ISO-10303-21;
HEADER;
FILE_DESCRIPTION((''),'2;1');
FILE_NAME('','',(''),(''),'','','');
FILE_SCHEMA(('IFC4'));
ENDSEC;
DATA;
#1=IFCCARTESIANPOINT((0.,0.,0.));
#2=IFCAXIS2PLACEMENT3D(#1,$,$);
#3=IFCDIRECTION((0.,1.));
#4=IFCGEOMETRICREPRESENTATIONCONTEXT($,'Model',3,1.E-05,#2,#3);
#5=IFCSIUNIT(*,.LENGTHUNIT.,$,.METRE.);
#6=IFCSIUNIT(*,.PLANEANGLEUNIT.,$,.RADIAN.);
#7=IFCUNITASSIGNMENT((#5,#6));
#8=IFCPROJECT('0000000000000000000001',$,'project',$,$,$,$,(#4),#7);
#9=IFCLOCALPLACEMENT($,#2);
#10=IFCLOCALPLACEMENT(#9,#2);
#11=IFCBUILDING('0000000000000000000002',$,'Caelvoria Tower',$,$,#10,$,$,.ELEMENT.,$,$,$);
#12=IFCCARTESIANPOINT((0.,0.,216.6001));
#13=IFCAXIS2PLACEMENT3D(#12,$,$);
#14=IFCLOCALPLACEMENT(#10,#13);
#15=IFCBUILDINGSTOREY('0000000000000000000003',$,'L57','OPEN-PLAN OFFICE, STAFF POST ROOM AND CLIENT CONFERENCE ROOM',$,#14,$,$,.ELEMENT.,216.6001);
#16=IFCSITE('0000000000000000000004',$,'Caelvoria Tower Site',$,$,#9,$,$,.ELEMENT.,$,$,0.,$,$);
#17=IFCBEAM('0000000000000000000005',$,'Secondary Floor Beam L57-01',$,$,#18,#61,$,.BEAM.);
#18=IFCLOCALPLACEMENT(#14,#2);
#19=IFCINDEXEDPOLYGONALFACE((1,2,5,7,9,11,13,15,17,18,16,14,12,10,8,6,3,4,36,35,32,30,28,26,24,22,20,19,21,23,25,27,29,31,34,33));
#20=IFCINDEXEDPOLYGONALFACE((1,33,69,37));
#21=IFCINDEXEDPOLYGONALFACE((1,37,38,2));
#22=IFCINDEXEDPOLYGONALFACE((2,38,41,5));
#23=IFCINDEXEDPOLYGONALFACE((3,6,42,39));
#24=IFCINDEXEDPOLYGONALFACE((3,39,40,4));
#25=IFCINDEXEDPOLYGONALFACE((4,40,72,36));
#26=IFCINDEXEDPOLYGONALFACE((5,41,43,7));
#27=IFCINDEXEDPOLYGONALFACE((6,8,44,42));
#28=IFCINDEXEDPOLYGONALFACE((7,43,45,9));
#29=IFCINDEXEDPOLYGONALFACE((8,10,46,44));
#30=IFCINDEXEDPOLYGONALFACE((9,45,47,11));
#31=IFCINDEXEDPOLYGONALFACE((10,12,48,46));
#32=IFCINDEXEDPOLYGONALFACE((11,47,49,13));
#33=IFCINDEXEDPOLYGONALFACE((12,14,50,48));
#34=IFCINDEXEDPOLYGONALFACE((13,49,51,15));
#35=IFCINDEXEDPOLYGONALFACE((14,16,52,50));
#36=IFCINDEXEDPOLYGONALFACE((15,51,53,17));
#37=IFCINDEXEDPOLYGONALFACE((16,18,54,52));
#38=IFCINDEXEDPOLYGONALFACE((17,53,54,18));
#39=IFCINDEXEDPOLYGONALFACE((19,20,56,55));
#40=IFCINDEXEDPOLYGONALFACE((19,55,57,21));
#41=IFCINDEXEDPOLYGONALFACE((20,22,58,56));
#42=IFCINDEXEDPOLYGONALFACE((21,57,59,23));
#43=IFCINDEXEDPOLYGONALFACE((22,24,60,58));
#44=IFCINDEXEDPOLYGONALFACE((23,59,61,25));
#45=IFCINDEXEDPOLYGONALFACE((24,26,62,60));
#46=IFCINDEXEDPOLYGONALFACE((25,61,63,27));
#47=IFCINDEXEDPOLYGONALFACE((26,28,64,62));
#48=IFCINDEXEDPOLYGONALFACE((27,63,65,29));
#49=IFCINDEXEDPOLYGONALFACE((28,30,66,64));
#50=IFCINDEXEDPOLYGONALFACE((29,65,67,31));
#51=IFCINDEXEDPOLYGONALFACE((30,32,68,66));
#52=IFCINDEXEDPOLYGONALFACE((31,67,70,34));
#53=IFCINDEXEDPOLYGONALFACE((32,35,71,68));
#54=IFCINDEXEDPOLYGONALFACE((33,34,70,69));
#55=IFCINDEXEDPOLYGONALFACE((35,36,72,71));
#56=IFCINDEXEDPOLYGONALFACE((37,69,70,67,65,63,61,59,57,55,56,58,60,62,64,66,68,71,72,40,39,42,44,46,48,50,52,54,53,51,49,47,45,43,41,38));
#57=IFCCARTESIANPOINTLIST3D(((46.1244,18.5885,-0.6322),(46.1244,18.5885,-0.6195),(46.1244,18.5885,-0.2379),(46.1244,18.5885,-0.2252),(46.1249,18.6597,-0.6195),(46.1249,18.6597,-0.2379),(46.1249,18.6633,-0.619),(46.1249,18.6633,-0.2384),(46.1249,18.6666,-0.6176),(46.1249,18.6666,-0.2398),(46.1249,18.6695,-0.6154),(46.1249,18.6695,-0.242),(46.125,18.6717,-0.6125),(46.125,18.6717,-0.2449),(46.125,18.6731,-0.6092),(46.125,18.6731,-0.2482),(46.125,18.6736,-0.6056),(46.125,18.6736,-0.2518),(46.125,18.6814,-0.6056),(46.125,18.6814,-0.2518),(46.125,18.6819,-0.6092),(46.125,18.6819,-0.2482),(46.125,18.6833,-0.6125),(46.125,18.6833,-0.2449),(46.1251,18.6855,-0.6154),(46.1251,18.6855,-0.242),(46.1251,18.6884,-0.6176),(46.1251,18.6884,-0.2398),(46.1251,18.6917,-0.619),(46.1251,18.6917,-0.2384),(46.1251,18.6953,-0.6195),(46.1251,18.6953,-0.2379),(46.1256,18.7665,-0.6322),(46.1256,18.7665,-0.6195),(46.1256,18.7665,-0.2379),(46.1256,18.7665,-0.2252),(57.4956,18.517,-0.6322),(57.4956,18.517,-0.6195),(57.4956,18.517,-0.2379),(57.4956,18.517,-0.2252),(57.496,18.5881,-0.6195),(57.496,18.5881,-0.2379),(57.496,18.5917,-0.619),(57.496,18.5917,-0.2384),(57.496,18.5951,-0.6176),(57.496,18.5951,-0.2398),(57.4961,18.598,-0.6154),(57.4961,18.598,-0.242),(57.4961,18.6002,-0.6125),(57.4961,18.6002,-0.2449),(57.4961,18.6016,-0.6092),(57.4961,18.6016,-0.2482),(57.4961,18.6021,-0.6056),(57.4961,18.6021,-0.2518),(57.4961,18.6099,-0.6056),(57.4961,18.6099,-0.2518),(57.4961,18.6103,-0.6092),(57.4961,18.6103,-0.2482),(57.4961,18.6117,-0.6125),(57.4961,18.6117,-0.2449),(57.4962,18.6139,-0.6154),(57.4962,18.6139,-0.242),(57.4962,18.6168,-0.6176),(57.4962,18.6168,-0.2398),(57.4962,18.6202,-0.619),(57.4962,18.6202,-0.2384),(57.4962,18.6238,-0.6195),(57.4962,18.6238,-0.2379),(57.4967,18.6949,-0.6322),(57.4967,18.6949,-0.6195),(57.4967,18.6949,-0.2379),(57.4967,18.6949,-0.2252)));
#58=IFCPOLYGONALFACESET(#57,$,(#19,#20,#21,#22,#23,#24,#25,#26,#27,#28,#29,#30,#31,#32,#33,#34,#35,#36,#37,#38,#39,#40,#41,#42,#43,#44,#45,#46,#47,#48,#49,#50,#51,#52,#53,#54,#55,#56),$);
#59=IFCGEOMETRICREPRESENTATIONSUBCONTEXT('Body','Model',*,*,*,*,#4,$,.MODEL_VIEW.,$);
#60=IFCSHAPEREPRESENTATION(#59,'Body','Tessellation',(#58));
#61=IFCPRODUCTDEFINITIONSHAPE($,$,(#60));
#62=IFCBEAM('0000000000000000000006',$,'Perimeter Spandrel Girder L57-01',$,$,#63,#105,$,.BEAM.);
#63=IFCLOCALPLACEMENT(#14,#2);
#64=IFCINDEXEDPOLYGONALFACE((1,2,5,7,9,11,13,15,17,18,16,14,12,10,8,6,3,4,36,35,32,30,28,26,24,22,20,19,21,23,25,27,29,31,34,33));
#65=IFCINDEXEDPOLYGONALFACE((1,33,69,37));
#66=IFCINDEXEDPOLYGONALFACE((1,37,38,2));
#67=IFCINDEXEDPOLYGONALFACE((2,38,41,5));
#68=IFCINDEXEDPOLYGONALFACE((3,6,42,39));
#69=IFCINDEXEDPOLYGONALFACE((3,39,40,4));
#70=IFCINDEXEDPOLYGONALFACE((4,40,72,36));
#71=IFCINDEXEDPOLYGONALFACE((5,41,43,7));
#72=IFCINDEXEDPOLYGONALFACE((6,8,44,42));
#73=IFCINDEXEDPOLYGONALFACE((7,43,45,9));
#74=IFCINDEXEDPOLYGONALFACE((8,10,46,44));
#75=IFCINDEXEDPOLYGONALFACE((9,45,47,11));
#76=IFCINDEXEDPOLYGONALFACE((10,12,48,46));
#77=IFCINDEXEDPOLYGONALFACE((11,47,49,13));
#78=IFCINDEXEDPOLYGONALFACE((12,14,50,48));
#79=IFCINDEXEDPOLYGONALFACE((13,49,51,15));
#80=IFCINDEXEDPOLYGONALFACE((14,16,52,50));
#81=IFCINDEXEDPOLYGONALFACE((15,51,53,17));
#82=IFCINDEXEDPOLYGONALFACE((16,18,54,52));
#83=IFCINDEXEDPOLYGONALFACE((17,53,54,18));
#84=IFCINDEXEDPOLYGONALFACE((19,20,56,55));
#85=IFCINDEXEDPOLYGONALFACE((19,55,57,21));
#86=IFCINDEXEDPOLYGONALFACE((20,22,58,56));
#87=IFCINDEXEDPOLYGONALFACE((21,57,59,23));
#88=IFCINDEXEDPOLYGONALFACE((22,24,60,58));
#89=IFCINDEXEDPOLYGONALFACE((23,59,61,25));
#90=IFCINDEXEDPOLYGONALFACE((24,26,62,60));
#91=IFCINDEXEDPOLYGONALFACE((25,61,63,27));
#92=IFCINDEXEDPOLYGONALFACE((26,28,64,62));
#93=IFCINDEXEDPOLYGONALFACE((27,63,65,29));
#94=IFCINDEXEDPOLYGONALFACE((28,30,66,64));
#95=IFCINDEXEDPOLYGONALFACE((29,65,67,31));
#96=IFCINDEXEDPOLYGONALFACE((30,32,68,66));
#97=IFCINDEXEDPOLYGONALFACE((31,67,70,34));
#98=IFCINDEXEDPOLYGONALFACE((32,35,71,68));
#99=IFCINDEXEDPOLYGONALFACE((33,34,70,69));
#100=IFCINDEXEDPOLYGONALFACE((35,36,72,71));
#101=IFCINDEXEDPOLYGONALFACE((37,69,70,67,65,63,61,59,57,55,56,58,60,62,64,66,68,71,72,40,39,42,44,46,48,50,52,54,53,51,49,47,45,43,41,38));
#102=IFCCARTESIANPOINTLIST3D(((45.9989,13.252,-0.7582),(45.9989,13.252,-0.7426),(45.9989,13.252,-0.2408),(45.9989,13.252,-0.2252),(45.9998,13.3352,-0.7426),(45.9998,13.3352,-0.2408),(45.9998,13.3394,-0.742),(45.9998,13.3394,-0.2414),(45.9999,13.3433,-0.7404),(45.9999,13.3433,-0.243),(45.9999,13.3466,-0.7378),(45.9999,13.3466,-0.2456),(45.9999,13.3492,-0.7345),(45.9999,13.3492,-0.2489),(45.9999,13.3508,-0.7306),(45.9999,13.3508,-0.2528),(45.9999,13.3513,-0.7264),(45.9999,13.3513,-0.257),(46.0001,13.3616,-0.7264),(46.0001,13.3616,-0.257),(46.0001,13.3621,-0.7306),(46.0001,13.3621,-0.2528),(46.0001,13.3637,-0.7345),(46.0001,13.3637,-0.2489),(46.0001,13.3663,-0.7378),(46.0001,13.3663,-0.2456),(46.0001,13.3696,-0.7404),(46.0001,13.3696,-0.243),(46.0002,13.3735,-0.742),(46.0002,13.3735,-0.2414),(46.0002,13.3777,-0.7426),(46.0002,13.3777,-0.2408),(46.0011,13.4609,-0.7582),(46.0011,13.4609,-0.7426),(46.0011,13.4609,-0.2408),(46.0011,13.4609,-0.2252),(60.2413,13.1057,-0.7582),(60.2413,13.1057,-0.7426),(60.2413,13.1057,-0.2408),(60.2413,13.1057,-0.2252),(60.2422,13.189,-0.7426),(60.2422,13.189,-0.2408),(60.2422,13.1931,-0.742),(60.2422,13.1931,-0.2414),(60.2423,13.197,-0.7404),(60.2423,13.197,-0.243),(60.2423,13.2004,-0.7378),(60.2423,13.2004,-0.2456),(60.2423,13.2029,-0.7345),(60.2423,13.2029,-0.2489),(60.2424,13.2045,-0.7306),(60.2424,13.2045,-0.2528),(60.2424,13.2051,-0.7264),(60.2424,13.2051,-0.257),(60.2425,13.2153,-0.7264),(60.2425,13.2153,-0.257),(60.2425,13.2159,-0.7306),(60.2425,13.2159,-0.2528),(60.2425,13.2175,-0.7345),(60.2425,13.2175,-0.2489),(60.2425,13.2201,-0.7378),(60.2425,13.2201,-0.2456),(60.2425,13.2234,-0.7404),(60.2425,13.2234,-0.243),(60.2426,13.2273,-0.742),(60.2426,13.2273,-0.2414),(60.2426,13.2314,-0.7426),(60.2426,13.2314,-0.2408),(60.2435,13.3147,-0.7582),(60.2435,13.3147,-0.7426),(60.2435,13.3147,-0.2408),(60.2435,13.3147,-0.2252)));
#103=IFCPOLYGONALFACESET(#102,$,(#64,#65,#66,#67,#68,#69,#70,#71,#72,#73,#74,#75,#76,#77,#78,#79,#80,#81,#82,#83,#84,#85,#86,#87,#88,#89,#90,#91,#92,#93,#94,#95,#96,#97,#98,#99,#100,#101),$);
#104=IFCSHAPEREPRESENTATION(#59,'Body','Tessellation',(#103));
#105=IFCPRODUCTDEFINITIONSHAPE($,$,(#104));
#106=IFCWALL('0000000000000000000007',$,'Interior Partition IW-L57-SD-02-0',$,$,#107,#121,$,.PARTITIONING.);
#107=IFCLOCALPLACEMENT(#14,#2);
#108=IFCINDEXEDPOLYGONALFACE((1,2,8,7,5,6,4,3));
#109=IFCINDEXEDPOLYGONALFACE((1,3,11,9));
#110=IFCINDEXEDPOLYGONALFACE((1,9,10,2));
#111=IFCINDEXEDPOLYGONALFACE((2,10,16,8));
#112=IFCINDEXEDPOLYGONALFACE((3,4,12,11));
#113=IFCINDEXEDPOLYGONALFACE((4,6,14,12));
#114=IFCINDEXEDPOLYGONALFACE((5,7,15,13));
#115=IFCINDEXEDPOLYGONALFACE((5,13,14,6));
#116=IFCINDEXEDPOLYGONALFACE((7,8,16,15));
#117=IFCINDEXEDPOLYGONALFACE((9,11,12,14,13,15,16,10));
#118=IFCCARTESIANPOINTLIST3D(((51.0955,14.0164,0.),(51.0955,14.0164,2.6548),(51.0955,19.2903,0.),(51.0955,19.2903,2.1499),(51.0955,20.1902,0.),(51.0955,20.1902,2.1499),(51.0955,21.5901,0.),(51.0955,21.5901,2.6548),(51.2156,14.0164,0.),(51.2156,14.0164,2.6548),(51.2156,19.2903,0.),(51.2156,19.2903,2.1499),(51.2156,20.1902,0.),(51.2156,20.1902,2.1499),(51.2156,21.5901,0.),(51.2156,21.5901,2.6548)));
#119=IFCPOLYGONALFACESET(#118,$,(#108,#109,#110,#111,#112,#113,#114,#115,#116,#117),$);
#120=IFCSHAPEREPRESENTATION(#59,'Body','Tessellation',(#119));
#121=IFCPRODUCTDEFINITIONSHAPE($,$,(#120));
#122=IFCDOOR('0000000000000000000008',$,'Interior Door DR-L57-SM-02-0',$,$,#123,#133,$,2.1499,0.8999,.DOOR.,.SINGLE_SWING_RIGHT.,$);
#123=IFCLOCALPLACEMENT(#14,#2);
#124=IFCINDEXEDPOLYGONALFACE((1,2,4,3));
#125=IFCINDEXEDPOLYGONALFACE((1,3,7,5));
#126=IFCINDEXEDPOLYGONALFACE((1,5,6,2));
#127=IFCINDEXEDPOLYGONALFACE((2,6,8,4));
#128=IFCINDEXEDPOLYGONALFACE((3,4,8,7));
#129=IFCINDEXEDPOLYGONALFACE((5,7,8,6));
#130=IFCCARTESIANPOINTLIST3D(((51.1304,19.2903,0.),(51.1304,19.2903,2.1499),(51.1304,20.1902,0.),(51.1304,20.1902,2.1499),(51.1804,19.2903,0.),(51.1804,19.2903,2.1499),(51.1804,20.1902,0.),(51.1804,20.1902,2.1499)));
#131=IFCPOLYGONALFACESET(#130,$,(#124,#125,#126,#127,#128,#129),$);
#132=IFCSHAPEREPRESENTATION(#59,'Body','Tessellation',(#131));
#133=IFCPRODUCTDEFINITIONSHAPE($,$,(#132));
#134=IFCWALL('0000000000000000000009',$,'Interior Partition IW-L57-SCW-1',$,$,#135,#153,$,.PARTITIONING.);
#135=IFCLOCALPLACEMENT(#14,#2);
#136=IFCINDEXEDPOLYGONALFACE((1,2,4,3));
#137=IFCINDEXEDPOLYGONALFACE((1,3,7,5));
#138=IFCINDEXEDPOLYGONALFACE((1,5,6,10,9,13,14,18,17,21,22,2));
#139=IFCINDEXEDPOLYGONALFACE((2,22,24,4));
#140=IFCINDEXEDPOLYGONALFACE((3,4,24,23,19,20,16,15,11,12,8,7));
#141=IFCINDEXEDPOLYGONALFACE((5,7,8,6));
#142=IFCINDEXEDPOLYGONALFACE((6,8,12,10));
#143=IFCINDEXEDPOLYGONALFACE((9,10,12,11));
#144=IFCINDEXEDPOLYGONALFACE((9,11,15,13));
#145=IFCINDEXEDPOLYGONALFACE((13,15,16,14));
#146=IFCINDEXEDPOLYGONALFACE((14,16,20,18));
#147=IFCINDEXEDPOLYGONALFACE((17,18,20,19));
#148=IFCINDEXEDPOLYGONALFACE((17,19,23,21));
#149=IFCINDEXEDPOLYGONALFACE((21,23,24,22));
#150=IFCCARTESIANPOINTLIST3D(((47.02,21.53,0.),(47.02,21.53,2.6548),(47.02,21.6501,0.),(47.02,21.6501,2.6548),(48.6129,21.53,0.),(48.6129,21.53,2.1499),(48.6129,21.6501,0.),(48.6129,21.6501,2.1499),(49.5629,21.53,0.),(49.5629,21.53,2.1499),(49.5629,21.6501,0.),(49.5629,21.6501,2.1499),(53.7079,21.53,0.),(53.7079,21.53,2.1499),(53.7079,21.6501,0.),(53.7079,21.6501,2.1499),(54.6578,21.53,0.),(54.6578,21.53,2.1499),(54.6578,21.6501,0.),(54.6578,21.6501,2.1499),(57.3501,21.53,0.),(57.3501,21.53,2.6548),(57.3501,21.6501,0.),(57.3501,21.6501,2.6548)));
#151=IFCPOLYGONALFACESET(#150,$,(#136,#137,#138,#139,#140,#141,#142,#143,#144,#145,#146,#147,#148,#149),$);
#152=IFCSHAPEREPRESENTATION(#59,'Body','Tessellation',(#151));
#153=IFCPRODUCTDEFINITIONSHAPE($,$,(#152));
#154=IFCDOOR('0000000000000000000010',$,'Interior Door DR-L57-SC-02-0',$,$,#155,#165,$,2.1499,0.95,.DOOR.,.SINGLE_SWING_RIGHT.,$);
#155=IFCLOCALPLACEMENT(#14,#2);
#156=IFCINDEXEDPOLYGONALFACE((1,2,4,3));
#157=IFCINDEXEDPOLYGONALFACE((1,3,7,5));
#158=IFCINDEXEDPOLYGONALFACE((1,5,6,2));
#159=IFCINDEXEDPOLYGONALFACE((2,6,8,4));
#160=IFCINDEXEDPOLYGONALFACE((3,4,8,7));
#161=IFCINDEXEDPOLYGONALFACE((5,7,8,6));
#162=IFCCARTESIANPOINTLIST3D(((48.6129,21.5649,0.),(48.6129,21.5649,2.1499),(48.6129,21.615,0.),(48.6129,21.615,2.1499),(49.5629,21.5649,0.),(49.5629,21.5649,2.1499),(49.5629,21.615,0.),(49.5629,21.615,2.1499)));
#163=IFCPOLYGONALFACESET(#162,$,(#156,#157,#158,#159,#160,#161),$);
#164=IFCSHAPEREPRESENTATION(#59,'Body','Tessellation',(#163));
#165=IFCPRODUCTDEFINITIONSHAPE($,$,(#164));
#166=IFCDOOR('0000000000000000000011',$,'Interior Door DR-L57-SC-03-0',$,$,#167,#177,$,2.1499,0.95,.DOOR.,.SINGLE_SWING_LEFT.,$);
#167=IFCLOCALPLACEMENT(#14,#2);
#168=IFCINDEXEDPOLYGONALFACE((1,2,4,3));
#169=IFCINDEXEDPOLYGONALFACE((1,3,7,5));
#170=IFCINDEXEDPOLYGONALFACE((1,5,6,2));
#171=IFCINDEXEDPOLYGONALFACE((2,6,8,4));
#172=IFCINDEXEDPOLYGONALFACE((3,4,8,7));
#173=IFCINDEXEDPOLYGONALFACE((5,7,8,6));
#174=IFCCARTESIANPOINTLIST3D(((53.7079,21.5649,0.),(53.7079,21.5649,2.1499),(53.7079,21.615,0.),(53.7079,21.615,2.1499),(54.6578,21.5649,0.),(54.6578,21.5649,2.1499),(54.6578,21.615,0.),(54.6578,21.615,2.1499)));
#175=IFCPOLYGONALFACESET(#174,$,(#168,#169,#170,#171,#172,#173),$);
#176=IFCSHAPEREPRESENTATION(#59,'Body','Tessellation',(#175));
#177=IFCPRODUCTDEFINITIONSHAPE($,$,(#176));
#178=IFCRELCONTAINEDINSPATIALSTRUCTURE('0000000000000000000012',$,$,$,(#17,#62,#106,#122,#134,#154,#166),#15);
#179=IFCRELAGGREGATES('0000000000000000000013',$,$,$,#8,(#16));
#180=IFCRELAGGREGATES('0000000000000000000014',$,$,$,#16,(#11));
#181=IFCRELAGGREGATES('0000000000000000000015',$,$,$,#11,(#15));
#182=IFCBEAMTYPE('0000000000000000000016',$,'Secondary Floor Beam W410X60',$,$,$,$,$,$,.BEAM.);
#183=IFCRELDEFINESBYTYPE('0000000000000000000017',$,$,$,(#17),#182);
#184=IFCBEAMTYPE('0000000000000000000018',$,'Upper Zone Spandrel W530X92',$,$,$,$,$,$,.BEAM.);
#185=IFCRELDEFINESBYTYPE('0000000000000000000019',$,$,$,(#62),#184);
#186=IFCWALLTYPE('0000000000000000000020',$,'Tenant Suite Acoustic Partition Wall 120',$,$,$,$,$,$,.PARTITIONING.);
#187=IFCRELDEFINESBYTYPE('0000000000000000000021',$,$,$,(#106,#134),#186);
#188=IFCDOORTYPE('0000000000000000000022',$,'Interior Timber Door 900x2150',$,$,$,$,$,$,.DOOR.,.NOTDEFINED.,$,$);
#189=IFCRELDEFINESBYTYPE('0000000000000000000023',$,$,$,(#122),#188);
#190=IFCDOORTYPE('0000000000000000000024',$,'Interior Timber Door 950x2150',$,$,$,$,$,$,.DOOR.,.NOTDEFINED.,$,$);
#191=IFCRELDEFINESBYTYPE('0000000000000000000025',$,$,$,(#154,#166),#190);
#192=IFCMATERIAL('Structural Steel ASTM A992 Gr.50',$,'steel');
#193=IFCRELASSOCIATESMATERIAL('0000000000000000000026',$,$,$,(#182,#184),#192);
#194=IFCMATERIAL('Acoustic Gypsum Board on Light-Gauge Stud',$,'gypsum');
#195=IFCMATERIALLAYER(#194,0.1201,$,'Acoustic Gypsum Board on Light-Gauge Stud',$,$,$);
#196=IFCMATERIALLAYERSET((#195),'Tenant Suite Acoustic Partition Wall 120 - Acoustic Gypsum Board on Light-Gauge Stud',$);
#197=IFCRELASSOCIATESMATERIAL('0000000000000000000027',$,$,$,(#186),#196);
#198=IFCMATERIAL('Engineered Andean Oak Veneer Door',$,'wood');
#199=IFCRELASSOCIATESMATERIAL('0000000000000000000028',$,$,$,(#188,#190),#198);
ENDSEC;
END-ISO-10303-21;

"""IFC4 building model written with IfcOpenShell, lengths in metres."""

from ifc_helpers import new_model, si_unit, direction, frame, frame_2d, origin, origin_2d, place, context, subcontext, project, spatial, rectangle, i_section, extrude, material, layer, layer_set, material_profile, profile_set, type_object, element, fill, save


model = new_model("IFC4")

# Units and contexts
model_context = context("Model", 3, precision=1e-05, world=origin(), true_north=direction((0.0, 1.0)))
body_context = subcontext(model_context, "Body", "Model", "MODEL_VIEW")
ifc_project = project(units=[si_unit("LENGTHUNIT", "METRE"), si_unit("PLANEANGLEUNIT", "RADIAN")], contexts=[model_context])

# Site, building, storey
site_placement = place(None, origin())
site = spatial("IfcSite", under=ifc_project, at=site_placement, Name="Caelvoria Tower Site", CompositionType="ELEMENT", RefElevation=0.0)
building_placement = place(site_placement, origin())
building = spatial("IfcBuilding", under=site, at=building_placement, Name="Caelvoria Tower", CompositionType="ELEMENT")
storey_placement = place(building_placement, frame((0.0, 0.0, 216.6001)))
storey = spatial("IfcBuildingStorey", under=building, at=storey_placement, Name="L57", Description="OPEN-PLAN OFFICE, STAFF POST ROOM AND CLIENT CONFERENCE ROOM", CompositionType="ELEMENT", Elevation=216.6001)

# Beams
ifc_material_1 = material(Name="Structural Steel ASTM A992 Gr.50", Category="steel")
ifc_material_profile_1 = material_profile(ifc_material_1, i_section(OverallWidth=0.178, OverallDepth=0.407, WebThickness=0.0078, FlangeThickness=0.0127, FilletRadius=0.0139, at=origin_2d()), Name="Structural Steel ASTM A992 Gr.50")
ifc_profile_set_1 = profile_set([ifc_material_profile_1], Name="W410X60 - Structural Steel ASTM A992 Gr.50")
beam_type_1 = type_object("IfcBeamType", Name="Secondary Floor Beam W410X60", PredefinedType="BEAM", material=ifc_profile_set_1)
beam_1_placement = place(storey_placement, frame((46.125, 18.6775, -0.4287), z_axis=(0.99998, -0.006291, 0.0), x_axis=(0.006291, 0.99998, 0.0)))
element("IfcBeam", 1, at=beam_1_placement, inside=storey, type_object=beam_type_1, Name="Secondary Floor Beam L57-01", PredefinedType="BEAM", context=body_context, shape_type="SweptSolid", body=[
    extrude(i_section(OverallWidth=0.178, OverallDepth=0.407, WebThickness=0.0078, FlangeThickness=0.0127, FilletRadius=0.0139, at=origin_2d()), origin(), (0.0, 0.0, 1.0), 11.3713),
])
ifc_material_profile_2 = material_profile(ifc_material_1, i_section(OverallWidth=0.209, OverallDepth=0.533, WebThickness=0.0103, FlangeThickness=0.0156, FilletRadius=0.0161, at=origin_2d()), Name="Structural Steel ASTM A992 Gr.50")
ifc_profile_set_2 = profile_set([ifc_material_profile_2], Name="W530X92 - Structural Steel ASTM A992 Gr.50")
beam_type_2 = type_object("IfcBeamType", Name="Upper Zone Spandrel W530X92", PredefinedType="BEAM", material=ifc_profile_set_2)
beam_2_placement = place(storey_placement, frame((46.0, 13.3564, -0.4917), z_axis=(0.999947, -0.010267, 0.0), x_axis=(0.010267, 0.999947, 0.0)))
element("IfcBeam", 2, at=beam_2_placement, inside=storey, type_object=beam_type_2, Name="Perimeter Spandrel Girder L57-01", PredefinedType="BEAM", context=body_context, shape_type="SweptSolid", body=[
    extrude(i_section(OverallWidth=0.209, OverallDepth=0.533, WebThickness=0.0103, FlangeThickness=0.0156, FilletRadius=0.0161, at=origin_2d()), origin(), (0.0, 0.0, 1.0), 14.2432),
])

# Wall, opening, door
ifc_material_2 = material(Name="Acoustic Gypsum Board on Light-Gauge Stud", Category="gypsum")
ifc_layer_1 = layer(ifc_material_2, 0.1201, Name="Acoustic Gypsum Board on Light-Gauge Stud")
ifc_layer_set_1 = layer_set([ifc_layer_1], Name="Tenant Suite Acoustic Partition Wall 120 - Acoustic Gypsum Board on Light-Gauge Stud")
wall_type = type_object("IfcWallType", Name="Tenant Suite Acoustic Partition Wall 120", PredefinedType="PARTITIONING", material=ifc_layer_set_1)
wall_1_placement = place(storey_placement, frame((51.1555, 21.5901, 0.0), z_axis=(0.0, 0.0, 1.0), x_axis=(0.0, -1.0, 0.0)))
wall_1 = element("IfcWall", 3, at=wall_1_placement, inside=storey, type_object=wall_type, Name="Interior Partition IW-L57-SD-02-0", PredefinedType="PARTITIONING", context=body_context, shape_type="SweptSolid", body=[
    extrude(rectangle(XDim=7.5737, YDim=0.1201, at=frame_2d((3.7869, 0.0))), origin(), (0.0, 0.0, 1.0), 2.6548),
])
opening_1_placement = place(wall_1_placement, frame((1.3999, 0.0, 0.0)))
opening_1 = element("IfcOpeningElement", 4, at=opening_1_placement, cuts=wall_1, PredefinedType="OPENING", context=body_context, shape_type="SweptSolid", body=[
    extrude(rectangle(XDim=0.8999, YDim=2.1499, at=frame_2d((0.45, 1.075))), frame((0.0, 0.0701, 0.0), z_axis=(0.0, -1.0, 0.0), x_axis=(1.0, 0.0, 0.0)), (0.0, 0.0, 1.0), 0.1401),
])
ifc_material_3 = material(Name="Engineered Andean Oak Veneer Door", Category="wood")
door_type_1 = type_object("IfcDoorType", Name="Interior Timber Door 900x2150", OperationType="NOTDEFINED", PredefinedType="DOOR", material=ifc_material_3)
door_1_placement = place(opening_1_placement, origin())
door_1 = element("IfcDoor", 5, at=door_1_placement, inside=storey, type_object=door_type_1, Name="Interior Door DR-L57-SM-02-0", OperationType="SINGLE_SWING_RIGHT", OverallHeight=2.1499, OverallWidth=0.8999, PredefinedType="DOOR", context=body_context, shape_type="SweptSolid", body=[
    extrude(rectangle(XDim=0.8999, YDim=2.1499, at=frame_2d((0.45, 1.075))), frame((0.0, 0.0249, 0.0), z_axis=(0.0, -1.0, 0.0), x_axis=(1.0, 0.0, 0.0)), (0.0, 0.0, 1.0), 0.05),
])
fill(opening_1, door_1)

# Wall, openings, doors
wall_2_placement = place(storey_placement, frame((47.02, 21.5901, 0.0), z_axis=(0.0, 0.0, 1.0), x_axis=(1.0, 0.0, 0.0)))
wall_2 = element("IfcWall", 6, at=wall_2_placement, inside=storey, type_object=wall_type, Name="Interior Partition IW-L57-SCW-1", PredefinedType="PARTITIONING", context=body_context, shape_type="SweptSolid", body=[
    extrude(rectangle(XDim=10.3301, YDim=0.1201, at=frame_2d((5.165, 0.0))), origin(), (0.0, 0.0, 1.0), 2.6548),
])
opening_2_placement = place(wall_2_placement, frame((1.5928, 0.0, 0.0)))
opening_2 = element("IfcOpeningElement", 7, at=opening_2_placement, cuts=wall_2, PredefinedType="OPENING", context=body_context, shape_type="SweptSolid", body=[
    extrude(rectangle(XDim=0.95, YDim=2.1499, at=frame_2d((0.4751, 1.075))), frame((0.0, 0.0701, 0.0), z_axis=(0.0, -1.0, 0.0), x_axis=(1.0, 0.0, 0.0)), (0.0, 0.0, 1.0), 0.1401),
])
opening_3_placement = place(wall_2_placement, frame((6.6877, 0.0, 0.0)))
opening_3 = element("IfcOpeningElement", 8, at=opening_3_placement, cuts=wall_2, PredefinedType="OPENING", context=body_context, shape_type="SweptSolid", body=[
    extrude(rectangle(XDim=0.95, YDim=2.1499, at=frame_2d((0.4751, 1.075))), frame((0.0, 0.0701, 0.0), z_axis=(0.0, -1.0, 0.0), x_axis=(1.0, 0.0, 0.0)), (0.0, 0.0, 1.0), 0.1401),
])
door_type_2 = type_object("IfcDoorType", Name="Interior Timber Door 950x2150", OperationType="NOTDEFINED", PredefinedType="DOOR", material=ifc_material_3)
door_2_placement = place(opening_2_placement, origin())
door_2 = element("IfcDoor", 9, at=door_2_placement, inside=storey, type_object=door_type_2, Name="Interior Door DR-L57-SC-02-0", OperationType="SINGLE_SWING_RIGHT", OverallHeight=2.1499, OverallWidth=0.95, PredefinedType="DOOR", context=body_context, shape_type="SweptSolid", body=[
    extrude(rectangle(XDim=0.95, YDim=2.1499, at=frame_2d((0.4751, 1.075))), frame((0.0, 0.0249, 0.0), z_axis=(0.0, -1.0, 0.0), x_axis=(1.0, 0.0, 0.0)), (0.0, 0.0, 1.0), 0.05),
])
fill(opening_2, door_2)
door_3_placement = place(opening_3_placement, origin())
door_3 = element("IfcDoor", 10, at=door_3_placement, inside=storey, type_object=door_type_2, Name="Interior Door DR-L57-SC-03-0", OperationType="SINGLE_SWING_LEFT", OverallHeight=2.1499, OverallWidth=0.95, PredefinedType="DOOR", context=body_context, shape_type="SweptSolid", body=[
    extrude(rectangle(XDim=0.95, YDim=2.1499, at=frame_2d((0.4751, 1.075))), frame((0.0, 0.0249, 0.0), z_axis=(0.0, -1.0, 0.0), x_axis=(1.0, 0.0, 0.0)), (0.0, 0.0, 1.0), 0.05),
])
fill(opening_3, door_3)

save(model, "model.ifc")
